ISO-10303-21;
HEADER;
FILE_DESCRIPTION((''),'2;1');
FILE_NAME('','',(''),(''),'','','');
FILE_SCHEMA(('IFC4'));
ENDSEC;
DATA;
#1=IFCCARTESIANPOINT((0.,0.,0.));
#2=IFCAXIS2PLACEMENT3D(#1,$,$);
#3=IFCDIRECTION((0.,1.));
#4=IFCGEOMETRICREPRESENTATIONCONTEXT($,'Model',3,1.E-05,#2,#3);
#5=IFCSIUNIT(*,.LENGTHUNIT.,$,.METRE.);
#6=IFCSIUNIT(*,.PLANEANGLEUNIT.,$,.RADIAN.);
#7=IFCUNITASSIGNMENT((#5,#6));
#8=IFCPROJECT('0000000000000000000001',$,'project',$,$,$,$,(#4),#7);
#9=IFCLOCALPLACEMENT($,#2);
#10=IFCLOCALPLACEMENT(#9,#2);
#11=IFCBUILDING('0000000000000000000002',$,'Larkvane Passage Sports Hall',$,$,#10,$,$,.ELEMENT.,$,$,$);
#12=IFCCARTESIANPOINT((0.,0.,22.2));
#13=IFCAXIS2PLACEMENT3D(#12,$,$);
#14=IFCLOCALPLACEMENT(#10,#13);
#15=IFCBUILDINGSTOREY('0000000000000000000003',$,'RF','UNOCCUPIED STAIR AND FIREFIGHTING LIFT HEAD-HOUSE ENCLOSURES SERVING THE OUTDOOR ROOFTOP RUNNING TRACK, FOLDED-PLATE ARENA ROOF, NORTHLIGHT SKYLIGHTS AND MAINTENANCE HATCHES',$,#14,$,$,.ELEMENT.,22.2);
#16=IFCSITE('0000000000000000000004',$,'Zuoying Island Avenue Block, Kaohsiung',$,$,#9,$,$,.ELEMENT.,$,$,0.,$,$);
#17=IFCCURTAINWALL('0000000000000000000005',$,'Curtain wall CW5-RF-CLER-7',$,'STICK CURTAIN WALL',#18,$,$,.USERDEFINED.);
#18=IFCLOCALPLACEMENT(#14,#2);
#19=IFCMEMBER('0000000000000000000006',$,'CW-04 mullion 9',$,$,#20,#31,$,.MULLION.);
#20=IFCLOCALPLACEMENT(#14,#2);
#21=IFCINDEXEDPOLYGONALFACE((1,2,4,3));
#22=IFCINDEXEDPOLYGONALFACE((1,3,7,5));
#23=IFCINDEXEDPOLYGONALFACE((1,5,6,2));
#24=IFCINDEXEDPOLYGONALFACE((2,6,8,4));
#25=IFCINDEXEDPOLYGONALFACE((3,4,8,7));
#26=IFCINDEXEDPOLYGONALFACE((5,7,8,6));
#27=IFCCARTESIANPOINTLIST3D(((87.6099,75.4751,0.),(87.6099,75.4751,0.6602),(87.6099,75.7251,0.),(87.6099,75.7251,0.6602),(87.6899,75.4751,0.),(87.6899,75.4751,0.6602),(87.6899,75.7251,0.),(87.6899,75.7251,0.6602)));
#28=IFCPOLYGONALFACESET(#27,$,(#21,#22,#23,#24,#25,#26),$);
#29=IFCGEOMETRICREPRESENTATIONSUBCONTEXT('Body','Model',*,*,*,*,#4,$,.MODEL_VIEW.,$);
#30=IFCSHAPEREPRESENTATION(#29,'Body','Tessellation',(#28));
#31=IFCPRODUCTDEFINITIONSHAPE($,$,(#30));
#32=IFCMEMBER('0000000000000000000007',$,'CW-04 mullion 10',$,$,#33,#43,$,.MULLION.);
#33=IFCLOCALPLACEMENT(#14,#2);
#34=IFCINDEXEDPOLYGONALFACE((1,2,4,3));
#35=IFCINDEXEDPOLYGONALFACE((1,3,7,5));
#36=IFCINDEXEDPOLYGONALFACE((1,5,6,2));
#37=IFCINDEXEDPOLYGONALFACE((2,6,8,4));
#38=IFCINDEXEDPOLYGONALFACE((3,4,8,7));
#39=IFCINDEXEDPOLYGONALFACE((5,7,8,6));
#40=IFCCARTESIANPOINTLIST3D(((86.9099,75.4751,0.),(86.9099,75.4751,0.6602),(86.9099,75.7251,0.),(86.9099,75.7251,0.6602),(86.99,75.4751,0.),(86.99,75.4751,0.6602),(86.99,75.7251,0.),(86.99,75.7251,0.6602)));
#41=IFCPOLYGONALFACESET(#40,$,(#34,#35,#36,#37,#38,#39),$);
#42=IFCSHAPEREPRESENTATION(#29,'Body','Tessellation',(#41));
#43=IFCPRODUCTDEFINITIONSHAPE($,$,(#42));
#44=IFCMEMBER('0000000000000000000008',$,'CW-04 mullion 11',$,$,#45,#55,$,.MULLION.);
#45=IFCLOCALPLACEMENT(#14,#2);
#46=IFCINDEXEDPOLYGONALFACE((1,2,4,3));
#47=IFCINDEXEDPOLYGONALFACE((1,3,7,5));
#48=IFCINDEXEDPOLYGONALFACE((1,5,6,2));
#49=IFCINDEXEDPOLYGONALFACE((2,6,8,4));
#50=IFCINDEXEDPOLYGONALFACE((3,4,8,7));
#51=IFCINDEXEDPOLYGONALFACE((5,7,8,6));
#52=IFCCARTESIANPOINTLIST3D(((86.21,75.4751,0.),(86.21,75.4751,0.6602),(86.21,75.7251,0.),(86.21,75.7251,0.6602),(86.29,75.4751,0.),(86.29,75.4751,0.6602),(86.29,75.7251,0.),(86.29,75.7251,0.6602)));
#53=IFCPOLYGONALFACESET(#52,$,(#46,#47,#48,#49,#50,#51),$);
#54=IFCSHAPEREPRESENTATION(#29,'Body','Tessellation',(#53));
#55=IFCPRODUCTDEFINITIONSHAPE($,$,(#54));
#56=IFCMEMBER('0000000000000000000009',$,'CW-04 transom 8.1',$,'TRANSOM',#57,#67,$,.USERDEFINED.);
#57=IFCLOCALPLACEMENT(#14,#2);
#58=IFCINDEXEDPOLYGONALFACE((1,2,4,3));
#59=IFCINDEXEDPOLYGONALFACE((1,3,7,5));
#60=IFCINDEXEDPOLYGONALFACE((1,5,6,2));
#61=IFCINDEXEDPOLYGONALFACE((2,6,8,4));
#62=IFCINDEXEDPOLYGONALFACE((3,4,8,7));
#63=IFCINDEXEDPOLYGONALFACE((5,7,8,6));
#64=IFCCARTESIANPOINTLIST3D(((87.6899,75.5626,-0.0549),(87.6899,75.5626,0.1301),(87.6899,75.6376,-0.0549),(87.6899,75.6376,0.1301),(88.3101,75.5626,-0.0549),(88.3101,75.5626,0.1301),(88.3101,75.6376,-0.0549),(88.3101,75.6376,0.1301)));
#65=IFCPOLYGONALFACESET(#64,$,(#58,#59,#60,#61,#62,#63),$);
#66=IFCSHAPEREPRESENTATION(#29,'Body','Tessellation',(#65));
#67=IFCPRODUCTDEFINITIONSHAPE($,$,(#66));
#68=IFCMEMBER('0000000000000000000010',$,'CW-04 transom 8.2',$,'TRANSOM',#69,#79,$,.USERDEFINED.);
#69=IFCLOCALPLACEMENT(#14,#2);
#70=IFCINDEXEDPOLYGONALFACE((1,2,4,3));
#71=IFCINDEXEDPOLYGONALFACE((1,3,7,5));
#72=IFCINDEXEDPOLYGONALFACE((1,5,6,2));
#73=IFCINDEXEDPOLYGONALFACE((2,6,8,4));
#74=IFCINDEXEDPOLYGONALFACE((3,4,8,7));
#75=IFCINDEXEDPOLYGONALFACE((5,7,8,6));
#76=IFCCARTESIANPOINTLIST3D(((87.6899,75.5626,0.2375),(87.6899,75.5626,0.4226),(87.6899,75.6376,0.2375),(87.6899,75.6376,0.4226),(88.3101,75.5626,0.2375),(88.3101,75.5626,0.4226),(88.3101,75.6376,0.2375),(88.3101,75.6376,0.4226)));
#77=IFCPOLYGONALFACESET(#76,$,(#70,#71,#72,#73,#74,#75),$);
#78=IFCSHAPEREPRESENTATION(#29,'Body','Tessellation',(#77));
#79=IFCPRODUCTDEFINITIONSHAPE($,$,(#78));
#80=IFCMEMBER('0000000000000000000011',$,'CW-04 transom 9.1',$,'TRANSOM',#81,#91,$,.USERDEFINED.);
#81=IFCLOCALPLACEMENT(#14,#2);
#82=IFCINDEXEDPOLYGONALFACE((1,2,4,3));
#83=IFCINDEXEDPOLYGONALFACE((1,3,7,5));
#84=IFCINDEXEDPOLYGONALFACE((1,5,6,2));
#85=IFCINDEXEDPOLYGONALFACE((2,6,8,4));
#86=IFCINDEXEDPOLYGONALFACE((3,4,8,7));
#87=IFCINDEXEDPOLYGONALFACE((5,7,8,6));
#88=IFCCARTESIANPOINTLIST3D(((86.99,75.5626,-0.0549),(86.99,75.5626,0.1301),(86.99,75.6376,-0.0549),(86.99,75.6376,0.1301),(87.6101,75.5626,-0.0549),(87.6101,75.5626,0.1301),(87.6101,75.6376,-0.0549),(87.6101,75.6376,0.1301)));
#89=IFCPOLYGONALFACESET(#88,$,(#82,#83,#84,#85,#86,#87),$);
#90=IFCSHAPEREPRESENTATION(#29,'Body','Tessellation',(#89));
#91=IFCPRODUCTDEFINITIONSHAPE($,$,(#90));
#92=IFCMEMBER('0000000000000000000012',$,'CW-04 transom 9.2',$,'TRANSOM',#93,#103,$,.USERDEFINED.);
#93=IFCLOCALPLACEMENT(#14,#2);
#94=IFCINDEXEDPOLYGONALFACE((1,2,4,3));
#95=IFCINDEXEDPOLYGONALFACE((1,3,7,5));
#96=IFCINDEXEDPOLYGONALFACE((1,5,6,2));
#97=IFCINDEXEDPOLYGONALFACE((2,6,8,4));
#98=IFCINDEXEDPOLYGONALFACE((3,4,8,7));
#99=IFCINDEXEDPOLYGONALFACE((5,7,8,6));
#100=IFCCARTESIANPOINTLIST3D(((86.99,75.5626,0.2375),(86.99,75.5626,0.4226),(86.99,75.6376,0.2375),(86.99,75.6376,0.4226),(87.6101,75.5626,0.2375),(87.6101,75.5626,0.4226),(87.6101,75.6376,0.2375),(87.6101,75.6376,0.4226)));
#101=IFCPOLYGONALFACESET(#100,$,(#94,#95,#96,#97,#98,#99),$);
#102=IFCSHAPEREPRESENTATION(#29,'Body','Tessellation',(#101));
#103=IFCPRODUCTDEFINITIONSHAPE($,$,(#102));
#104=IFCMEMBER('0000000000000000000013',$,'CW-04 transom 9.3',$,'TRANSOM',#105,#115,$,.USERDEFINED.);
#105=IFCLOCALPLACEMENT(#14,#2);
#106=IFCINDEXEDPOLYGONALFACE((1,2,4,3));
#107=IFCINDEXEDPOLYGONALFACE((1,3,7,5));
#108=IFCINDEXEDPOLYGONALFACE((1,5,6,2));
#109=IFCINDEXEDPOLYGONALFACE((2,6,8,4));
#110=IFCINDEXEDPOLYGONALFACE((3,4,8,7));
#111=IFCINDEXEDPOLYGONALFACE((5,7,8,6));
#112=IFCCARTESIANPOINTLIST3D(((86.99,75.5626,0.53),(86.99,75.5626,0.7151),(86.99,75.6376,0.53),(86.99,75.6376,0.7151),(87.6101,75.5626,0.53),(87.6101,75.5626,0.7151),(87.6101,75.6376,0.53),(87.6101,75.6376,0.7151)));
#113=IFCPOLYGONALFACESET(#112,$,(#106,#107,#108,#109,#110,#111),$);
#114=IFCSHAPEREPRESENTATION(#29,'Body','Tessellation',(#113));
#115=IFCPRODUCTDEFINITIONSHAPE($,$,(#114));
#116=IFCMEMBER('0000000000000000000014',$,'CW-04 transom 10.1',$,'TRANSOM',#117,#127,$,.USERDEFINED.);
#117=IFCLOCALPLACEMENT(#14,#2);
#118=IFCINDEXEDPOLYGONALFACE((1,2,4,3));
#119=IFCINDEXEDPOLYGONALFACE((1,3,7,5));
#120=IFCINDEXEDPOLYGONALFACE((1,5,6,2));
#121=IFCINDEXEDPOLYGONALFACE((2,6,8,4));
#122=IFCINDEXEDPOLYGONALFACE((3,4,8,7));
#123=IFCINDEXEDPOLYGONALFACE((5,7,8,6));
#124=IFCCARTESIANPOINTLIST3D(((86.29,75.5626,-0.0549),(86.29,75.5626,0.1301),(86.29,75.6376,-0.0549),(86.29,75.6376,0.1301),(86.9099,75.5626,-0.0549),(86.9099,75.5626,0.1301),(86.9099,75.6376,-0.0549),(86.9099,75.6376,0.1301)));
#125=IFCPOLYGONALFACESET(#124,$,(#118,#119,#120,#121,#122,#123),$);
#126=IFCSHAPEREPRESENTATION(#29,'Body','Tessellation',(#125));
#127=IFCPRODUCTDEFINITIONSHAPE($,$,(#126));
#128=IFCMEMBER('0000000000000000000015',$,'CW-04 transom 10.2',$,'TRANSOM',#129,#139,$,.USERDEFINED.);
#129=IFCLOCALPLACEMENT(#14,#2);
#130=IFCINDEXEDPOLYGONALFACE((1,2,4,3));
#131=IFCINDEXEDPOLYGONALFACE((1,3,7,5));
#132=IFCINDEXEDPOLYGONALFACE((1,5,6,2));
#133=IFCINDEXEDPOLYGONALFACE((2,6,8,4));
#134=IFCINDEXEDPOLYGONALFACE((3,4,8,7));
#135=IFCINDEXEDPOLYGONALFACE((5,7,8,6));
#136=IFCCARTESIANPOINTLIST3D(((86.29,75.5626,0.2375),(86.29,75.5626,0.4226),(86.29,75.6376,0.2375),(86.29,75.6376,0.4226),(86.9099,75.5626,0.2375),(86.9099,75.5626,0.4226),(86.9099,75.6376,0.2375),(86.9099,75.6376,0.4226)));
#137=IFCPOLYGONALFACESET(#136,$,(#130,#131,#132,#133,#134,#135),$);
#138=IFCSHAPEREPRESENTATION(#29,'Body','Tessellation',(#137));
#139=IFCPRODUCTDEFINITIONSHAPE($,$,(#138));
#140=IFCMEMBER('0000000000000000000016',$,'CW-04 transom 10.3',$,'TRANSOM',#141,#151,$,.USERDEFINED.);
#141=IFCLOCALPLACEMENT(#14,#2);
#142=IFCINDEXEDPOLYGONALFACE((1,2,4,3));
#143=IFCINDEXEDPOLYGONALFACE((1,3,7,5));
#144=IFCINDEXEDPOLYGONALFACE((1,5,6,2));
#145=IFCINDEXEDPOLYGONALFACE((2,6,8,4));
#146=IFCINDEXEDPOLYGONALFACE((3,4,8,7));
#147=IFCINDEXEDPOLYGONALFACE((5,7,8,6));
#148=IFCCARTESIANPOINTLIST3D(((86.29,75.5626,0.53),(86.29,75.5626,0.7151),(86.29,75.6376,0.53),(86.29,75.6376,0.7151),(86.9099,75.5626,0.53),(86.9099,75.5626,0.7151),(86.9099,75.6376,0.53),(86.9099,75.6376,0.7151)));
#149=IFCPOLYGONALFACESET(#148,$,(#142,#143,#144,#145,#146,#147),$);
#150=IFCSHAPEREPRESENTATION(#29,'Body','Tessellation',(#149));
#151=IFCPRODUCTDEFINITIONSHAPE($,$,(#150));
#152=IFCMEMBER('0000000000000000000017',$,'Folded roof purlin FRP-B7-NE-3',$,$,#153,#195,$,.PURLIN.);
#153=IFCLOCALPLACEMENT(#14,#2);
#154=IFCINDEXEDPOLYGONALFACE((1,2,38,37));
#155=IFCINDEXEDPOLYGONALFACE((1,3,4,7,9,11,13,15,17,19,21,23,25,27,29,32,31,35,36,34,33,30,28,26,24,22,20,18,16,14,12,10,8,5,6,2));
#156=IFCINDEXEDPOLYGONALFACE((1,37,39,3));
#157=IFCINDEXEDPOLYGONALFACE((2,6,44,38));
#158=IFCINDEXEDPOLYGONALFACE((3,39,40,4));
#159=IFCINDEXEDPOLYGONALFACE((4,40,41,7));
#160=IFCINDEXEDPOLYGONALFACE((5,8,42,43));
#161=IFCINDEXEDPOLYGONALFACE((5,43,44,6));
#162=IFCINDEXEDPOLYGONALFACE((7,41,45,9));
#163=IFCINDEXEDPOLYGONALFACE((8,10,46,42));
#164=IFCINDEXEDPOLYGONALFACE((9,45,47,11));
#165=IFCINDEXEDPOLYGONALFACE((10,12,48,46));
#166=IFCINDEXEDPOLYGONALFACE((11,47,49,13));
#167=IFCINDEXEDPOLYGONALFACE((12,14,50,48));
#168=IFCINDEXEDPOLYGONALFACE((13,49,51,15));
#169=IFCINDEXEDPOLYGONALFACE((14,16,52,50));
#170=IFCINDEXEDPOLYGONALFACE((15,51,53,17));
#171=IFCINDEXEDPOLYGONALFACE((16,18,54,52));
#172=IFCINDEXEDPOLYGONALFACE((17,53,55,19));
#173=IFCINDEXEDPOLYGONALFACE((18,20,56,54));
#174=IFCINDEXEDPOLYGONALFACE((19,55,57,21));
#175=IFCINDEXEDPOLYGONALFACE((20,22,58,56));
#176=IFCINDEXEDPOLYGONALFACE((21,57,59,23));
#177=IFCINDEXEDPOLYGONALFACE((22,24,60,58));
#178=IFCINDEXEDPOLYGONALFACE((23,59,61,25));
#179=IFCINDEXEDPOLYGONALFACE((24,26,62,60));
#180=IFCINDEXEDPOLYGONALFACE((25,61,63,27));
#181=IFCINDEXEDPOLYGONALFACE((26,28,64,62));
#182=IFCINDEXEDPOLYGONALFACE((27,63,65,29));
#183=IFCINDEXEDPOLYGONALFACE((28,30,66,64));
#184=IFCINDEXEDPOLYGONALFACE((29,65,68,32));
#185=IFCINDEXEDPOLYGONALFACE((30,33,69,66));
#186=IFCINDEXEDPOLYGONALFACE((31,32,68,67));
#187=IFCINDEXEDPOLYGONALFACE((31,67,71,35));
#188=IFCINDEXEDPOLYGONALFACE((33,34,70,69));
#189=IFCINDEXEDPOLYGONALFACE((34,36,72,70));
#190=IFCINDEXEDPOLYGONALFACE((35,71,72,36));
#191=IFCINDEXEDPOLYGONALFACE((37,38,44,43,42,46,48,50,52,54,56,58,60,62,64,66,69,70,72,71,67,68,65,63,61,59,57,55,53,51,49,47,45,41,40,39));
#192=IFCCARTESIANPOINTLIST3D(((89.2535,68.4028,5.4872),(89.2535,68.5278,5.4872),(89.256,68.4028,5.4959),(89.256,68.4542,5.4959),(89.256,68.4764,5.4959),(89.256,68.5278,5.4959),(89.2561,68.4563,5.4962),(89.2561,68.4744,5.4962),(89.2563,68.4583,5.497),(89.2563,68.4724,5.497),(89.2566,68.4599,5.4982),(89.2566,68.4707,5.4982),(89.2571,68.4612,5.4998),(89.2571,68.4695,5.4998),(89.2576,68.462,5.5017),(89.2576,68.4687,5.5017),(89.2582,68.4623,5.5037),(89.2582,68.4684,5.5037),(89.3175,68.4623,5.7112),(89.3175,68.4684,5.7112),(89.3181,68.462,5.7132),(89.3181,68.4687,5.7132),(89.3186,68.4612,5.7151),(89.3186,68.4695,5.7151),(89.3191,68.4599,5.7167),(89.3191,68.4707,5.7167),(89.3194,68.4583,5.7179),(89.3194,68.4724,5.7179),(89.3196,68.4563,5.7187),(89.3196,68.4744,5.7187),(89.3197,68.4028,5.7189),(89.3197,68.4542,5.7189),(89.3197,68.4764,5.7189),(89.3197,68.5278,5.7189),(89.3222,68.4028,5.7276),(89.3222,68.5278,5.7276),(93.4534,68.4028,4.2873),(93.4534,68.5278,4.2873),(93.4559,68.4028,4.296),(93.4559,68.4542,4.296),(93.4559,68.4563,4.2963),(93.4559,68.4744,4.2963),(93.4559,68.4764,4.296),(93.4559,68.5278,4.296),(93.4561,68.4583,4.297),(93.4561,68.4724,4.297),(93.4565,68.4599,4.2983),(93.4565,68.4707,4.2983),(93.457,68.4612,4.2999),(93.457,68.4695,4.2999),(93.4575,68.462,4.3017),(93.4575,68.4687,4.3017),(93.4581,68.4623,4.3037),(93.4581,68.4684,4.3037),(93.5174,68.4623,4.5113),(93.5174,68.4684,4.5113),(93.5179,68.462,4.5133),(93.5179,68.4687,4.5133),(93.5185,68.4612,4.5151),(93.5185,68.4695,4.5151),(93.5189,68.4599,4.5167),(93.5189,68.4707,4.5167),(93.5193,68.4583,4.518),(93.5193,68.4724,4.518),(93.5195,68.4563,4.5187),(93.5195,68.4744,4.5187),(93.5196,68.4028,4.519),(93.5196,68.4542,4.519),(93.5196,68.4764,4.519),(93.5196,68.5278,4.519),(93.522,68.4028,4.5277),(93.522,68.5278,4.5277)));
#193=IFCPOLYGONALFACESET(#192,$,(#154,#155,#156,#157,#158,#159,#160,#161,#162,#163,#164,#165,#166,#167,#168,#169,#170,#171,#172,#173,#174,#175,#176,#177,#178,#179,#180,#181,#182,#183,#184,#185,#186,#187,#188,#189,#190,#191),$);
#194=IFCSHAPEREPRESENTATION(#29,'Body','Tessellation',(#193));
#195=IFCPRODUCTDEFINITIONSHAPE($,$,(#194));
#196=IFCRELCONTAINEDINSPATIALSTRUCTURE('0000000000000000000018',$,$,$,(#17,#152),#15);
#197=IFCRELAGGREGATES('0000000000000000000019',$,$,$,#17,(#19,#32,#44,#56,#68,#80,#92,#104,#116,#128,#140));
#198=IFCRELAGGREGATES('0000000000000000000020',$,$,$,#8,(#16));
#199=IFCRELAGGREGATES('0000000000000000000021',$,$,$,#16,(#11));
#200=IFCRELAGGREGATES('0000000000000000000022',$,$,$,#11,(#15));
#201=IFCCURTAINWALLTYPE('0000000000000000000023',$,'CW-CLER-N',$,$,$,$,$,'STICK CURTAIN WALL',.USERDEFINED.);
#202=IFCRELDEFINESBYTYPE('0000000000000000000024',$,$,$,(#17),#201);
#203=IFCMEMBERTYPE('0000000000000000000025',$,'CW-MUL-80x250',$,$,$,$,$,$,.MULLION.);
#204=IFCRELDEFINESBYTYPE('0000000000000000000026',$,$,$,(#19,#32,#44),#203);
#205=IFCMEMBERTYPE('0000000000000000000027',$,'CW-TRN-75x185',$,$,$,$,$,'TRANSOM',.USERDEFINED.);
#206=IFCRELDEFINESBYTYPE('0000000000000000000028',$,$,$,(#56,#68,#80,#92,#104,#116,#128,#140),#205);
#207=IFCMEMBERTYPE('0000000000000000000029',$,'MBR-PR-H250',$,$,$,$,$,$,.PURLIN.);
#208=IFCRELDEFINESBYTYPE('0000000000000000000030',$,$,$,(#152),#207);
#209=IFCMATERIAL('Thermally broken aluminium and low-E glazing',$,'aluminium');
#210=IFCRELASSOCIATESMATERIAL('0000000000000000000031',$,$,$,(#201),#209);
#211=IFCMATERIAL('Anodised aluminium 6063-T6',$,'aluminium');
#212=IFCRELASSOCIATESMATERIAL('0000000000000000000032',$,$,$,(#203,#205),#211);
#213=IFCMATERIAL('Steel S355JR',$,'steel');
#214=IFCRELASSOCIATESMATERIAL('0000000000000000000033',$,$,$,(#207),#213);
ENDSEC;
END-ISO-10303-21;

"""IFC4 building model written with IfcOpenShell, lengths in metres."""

from ifc_helpers import new_model, si_unit, direction, frame, origin, origin_2d, place, context, subcontext, project, spatial, rectangle, i_section, extrude, material, material_profile, profile_set, type_object, element, aggregate, save


model = new_model("IFC4")

# Units and contexts
model_context = context("Model", 3, precision=1e-05, world=origin(), true_north=direction((0.0, 1.0)))
body_context = subcontext(model_context, "Body", "Model", "MODEL_VIEW")
ifc_project = project(units=[si_unit("LENGTHUNIT", "METRE"), si_unit("PLANEANGLEUNIT", "RADIAN")], contexts=[model_context])

# Site, building, storey
site_placement = place(None, origin())
site = spatial("IfcSite", under=ifc_project, at=site_placement, Name="Zuoying Island Avenue Block, Kaohsiung", CompositionType="ELEMENT", RefElevation=0.0)
building_placement = place(site_placement, origin())
building = spatial("IfcBuilding", under=site, at=building_placement, Name="Larkvane Passage Sports Hall", CompositionType="ELEMENT")
storey_placement = place(building_placement, frame((0.0, 0.0, 22.2)))
storey = spatial("IfcBuildingStorey", under=building, at=storey_placement, Name="RF", Description="UNOCCUPIED STAIR AND FIREFIGHTING LIFT HEAD-HOUSE ENCLOSURES SERVING THE OUTDOOR ROOFTOP RUNNING TRACK, FOLDED-PLATE ARENA ROOF, NORTHLIGHT SKYLIGHTS AND MAINTENANCE HATCHES", CompositionType="ELEMENT", Elevation=22.2)

# Curtain wall, members
ifc_material_1 = material(Name="Thermally broken aluminium and low-E glazing", Category="aluminium")
curtain_wall_type = type_object("IfcCurtainWallType", Name="CW-CLER-N", ElementType="STICK CURTAIN WALL", PredefinedType="USERDEFINED", material=ifc_material_1)
curtain_wall_placement = place(storey_placement, origin())
curtain_wall = element("IfcCurtainWall", 1, at=curtain_wall_placement, inside=storey, type_object=curtain_wall_type, Name="Curtain wall CW5-RF-CLER-7", ObjectType="STICK CURTAIN WALL", PredefinedType="USERDEFINED")
ifc_material_2 = material(Name="Anodised aluminium 6063-T6", Category="aluminium")
ifc_material_profile_1 = material_profile(ifc_material_2, rectangle(XDim=0.0801, YDim=0.25, at=origin_2d()), Name="ALU-MUL-80x250")
ifc_profile_set_1 = profile_set([ifc_material_profile_1], Name="Anodised aluminium 6063-T6")
member_type_1 = type_object("IfcMemberType", Name="CW-MUL-80x250", PredefinedType="MULLION", material=ifc_profile_set_1)
member_1_placement = place(storey_placement, frame((87.6499, 75.6001, 0.0), z_axis=(0.0, 0.0, 1.0), x_axis=(-1.0, 0.0, 0.0)))
member_1 = element("IfcMember", 2, at=member_1_placement, type_object=member_type_1, Name="CW-04 mullion 9", PredefinedType="MULLION", context=body_context, shape_type="SweptSolid", body=[
    extrude(rectangle(XDim=0.0801, YDim=0.25, at=origin_2d()), origin(), (0.0, 0.0, 1.0), 0.6602),
])
member_2_placement = place(storey_placement, frame((86.95, 75.6001, 0.0), z_axis=(0.0, 0.0, 1.0), x_axis=(-1.0, 0.0, 0.0)))
member_2 = element("IfcMember", 3, at=member_2_placement, type_object=member_type_1, Name="CW-04 mullion 10", PredefinedType="MULLION", context=body_context, shape_type="SweptSolid", body=[
    extrude(rectangle(XDim=0.0801, YDim=0.25, at=origin_2d()), origin(), (0.0, 0.0, 1.0), 0.6602),
])
member_3_placement = place(storey_placement, frame((86.25, 75.6001, 0.0), z_axis=(0.0, 0.0, 1.0), x_axis=(-1.0, 0.0, 0.0)))
member_3 = element("IfcMember", 4, at=member_3_placement, type_object=member_type_1, Name="CW-04 mullion 11", PredefinedType="MULLION", context=body_context, shape_type="SweptSolid", body=[
    extrude(rectangle(XDim=0.0801, YDim=0.25, at=origin_2d()), origin(), (0.0, 0.0, 1.0), 0.6602),
])
ifc_material_profile_2 = material_profile(ifc_material_2, rectangle(XDim=0.075, YDim=0.1851, at=origin_2d()), Name="ALU-TRN-75x185")
ifc_profile_set_2 = profile_set([ifc_material_profile_2], Name="Anodised aluminium 6063-T6")
member_type_2 = type_object("IfcMemberType", Name="CW-TRN-75x185", ElementType="TRANSOM", PredefinedType="USERDEFINED", material=ifc_profile_set_2)
member_4_placement = place(storey_placement, frame((88.3101, 75.6001, 0.0376), z_axis=(-1.0, 0.0, 0.0), x_axis=(0.0, -1.0, 0.0)))
member_4 = element("IfcMember", 5, at=member_4_placement, type_object=member_type_2, Name="CW-04 transom 8.1", ObjectType="TRANSOM", PredefinedType="USERDEFINED", context=body_context, shape_type="SweptSolid", body=[
    extrude(rectangle(XDim=0.075, YDim=0.1851, at=origin_2d()), origin(), (0.0, 0.0, 1.0), 0.6201),
])
member_5_placement = place(storey_placement, frame((88.3101, 75.6001, 0.3301), z_axis=(-1.0, 0.0, 0.0), x_axis=(0.0, -1.0, 0.0)))
member_5 = element("IfcMember", 6, at=member_5_placement, type_object=member_type_2, Name="CW-04 transom 8.2", ObjectType="TRANSOM", PredefinedType="USERDEFINED", context=body_context, shape_type="SweptSolid", body=[
    extrude(rectangle(XDim=0.075, YDim=0.1851, at=origin_2d()), origin(), (0.0, 0.0, 1.0), 0.6201),
])
member_6_placement = place(storey_placement, frame((87.6101, 75.6001, 0.0376), z_axis=(-1.0, 0.0, 0.0), x_axis=(0.0, -1.0, 0.0)))
member_6 = element("IfcMember", 7, at=member_6_placement, type_object=member_type_2, Name="CW-04 transom 9.1", ObjectType="TRANSOM", PredefinedType="USERDEFINED", context=body_context, shape_type="SweptSolid", body=[
    extrude(rectangle(XDim=0.075, YDim=0.1851, at=origin_2d()), origin(), (0.0, 0.0, 1.0), 0.6201),
])
member_7_placement = place(storey_placement, frame((87.6101, 75.6001, 0.3301), z_axis=(-1.0, 0.0, 0.0), x_axis=(0.0, -1.0, 0.0)))
member_7 = element("IfcMember", 8, at=member_7_placement, type_object=member_type_2, Name="CW-04 transom 9.2", ObjectType="TRANSOM", PredefinedType="USERDEFINED", context=body_context, shape_type="SweptSolid", body=[
    extrude(rectangle(XDim=0.075, YDim=0.1851, at=origin_2d()), origin(), (0.0, 0.0, 1.0), 0.6201),
])
member_8_placement = place(storey_placement, frame((87.6101, 75.6001, 0.6226), z_axis=(-1.0, 0.0, 0.0), x_axis=(0.0, -1.0, 0.0)))
member_8 = element("IfcMember", 9, at=member_8_placement, type_object=member_type_2, Name="CW-04 transom 9.3", ObjectType="TRANSOM", PredefinedType="USERDEFINED", context=body_context, shape_type="SweptSolid", body=[
    extrude(rectangle(XDim=0.075, YDim=0.1851, at=origin_2d()), origin(), (0.0, 0.0, 1.0), 0.6201),
])
member_9_placement = place(storey_placement, frame((86.9099, 75.6001, 0.0376), z_axis=(-1.0, 0.0, 0.0), x_axis=(0.0, -1.0, 0.0)))
member_9 = element("IfcMember", 10, at=member_9_placement, type_object=member_type_2, Name="CW-04 transom 10.1", ObjectType="TRANSOM", PredefinedType="USERDEFINED", context=body_context, shape_type="SweptSolid", body=[
    extrude(rectangle(XDim=0.075, YDim=0.1851, at=origin_2d()), origin(), (0.0, 0.0, 1.0), 0.6199),
])
member_10_placement = place(storey_placement, frame((86.9099, 75.6001, 0.3301), z_axis=(-1.0, 0.0, 0.0), x_axis=(0.0, -1.0, 0.0)))
member_10 = element("IfcMember", 11, at=member_10_placement, type_object=member_type_2, Name="CW-04 transom 10.2", ObjectType="TRANSOM", PredefinedType="USERDEFINED", context=body_context, shape_type="SweptSolid", body=[
    extrude(rectangle(XDim=0.075, YDim=0.1851, at=origin_2d()), origin(), (0.0, 0.0, 1.0), 0.6199),
])
member_11_placement = place(storey_placement, frame((86.9099, 75.6001, 0.6226), z_axis=(-1.0, 0.0, 0.0), x_axis=(0.0, -1.0, 0.0)))
member_11 = element("IfcMember", 12, at=member_11_placement, type_object=member_type_2, Name="CW-04 transom 10.3", ObjectType="TRANSOM", PredefinedType="USERDEFINED", context=body_context, shape_type="SweptSolid", body=[
    extrude(rectangle(XDim=0.075, YDim=0.1851, at=origin_2d()), origin(), (0.0, 0.0, 1.0), 0.6199),
])

# Member
ifc_material_3 = material(Name="Steel S355JR", Category="steel")
ifc_material_profile_3 = material_profile(ifc_material_3, i_section(OverallWidth=0.125, OverallDepth=0.25, WebThickness=0.0061, FlangeThickness=0.009, FilletRadius=0.0081, at=origin_2d()), Name="H-250x125x6x9")
ifc_profile_set_3 = profile_set([ifc_material_profile_3], Name="Steel S355JR")
member_type_3 = type_object("IfcMemberType", Name="MBR-PR-H250", PredefinedType="PURLIN", material=ifc_profile_set_3)
member_12_placement = place(storey_placement, frame((89.2878, 68.4653, 5.6074), z_axis=(0.961526, 0.0, -0.274714), x_axis=(0.0, 1.0, 0.0)))
element("IfcMember", 13, at=member_12_placement, inside=storey, type_object=member_type_3, Name="Folded roof purlin FRP-B7-NE-3", PredefinedType="PURLIN", context=body_context, shape_type="SweptSolid", body=[
    extrude(i_section(OverallWidth=0.125, OverallDepth=0.25, WebThickness=0.0061, FlangeThickness=0.009, FilletRadius=0.0081, at=origin_2d()), origin(), (0.0, 0.0, 1.0), 4.3679),
])

aggregate(curtain_wall, [member_1, member_2, member_3, member_4, member_5, member_6, member_7, member_8, member_9, member_10, member_11])

save(model, "model.ifc")
